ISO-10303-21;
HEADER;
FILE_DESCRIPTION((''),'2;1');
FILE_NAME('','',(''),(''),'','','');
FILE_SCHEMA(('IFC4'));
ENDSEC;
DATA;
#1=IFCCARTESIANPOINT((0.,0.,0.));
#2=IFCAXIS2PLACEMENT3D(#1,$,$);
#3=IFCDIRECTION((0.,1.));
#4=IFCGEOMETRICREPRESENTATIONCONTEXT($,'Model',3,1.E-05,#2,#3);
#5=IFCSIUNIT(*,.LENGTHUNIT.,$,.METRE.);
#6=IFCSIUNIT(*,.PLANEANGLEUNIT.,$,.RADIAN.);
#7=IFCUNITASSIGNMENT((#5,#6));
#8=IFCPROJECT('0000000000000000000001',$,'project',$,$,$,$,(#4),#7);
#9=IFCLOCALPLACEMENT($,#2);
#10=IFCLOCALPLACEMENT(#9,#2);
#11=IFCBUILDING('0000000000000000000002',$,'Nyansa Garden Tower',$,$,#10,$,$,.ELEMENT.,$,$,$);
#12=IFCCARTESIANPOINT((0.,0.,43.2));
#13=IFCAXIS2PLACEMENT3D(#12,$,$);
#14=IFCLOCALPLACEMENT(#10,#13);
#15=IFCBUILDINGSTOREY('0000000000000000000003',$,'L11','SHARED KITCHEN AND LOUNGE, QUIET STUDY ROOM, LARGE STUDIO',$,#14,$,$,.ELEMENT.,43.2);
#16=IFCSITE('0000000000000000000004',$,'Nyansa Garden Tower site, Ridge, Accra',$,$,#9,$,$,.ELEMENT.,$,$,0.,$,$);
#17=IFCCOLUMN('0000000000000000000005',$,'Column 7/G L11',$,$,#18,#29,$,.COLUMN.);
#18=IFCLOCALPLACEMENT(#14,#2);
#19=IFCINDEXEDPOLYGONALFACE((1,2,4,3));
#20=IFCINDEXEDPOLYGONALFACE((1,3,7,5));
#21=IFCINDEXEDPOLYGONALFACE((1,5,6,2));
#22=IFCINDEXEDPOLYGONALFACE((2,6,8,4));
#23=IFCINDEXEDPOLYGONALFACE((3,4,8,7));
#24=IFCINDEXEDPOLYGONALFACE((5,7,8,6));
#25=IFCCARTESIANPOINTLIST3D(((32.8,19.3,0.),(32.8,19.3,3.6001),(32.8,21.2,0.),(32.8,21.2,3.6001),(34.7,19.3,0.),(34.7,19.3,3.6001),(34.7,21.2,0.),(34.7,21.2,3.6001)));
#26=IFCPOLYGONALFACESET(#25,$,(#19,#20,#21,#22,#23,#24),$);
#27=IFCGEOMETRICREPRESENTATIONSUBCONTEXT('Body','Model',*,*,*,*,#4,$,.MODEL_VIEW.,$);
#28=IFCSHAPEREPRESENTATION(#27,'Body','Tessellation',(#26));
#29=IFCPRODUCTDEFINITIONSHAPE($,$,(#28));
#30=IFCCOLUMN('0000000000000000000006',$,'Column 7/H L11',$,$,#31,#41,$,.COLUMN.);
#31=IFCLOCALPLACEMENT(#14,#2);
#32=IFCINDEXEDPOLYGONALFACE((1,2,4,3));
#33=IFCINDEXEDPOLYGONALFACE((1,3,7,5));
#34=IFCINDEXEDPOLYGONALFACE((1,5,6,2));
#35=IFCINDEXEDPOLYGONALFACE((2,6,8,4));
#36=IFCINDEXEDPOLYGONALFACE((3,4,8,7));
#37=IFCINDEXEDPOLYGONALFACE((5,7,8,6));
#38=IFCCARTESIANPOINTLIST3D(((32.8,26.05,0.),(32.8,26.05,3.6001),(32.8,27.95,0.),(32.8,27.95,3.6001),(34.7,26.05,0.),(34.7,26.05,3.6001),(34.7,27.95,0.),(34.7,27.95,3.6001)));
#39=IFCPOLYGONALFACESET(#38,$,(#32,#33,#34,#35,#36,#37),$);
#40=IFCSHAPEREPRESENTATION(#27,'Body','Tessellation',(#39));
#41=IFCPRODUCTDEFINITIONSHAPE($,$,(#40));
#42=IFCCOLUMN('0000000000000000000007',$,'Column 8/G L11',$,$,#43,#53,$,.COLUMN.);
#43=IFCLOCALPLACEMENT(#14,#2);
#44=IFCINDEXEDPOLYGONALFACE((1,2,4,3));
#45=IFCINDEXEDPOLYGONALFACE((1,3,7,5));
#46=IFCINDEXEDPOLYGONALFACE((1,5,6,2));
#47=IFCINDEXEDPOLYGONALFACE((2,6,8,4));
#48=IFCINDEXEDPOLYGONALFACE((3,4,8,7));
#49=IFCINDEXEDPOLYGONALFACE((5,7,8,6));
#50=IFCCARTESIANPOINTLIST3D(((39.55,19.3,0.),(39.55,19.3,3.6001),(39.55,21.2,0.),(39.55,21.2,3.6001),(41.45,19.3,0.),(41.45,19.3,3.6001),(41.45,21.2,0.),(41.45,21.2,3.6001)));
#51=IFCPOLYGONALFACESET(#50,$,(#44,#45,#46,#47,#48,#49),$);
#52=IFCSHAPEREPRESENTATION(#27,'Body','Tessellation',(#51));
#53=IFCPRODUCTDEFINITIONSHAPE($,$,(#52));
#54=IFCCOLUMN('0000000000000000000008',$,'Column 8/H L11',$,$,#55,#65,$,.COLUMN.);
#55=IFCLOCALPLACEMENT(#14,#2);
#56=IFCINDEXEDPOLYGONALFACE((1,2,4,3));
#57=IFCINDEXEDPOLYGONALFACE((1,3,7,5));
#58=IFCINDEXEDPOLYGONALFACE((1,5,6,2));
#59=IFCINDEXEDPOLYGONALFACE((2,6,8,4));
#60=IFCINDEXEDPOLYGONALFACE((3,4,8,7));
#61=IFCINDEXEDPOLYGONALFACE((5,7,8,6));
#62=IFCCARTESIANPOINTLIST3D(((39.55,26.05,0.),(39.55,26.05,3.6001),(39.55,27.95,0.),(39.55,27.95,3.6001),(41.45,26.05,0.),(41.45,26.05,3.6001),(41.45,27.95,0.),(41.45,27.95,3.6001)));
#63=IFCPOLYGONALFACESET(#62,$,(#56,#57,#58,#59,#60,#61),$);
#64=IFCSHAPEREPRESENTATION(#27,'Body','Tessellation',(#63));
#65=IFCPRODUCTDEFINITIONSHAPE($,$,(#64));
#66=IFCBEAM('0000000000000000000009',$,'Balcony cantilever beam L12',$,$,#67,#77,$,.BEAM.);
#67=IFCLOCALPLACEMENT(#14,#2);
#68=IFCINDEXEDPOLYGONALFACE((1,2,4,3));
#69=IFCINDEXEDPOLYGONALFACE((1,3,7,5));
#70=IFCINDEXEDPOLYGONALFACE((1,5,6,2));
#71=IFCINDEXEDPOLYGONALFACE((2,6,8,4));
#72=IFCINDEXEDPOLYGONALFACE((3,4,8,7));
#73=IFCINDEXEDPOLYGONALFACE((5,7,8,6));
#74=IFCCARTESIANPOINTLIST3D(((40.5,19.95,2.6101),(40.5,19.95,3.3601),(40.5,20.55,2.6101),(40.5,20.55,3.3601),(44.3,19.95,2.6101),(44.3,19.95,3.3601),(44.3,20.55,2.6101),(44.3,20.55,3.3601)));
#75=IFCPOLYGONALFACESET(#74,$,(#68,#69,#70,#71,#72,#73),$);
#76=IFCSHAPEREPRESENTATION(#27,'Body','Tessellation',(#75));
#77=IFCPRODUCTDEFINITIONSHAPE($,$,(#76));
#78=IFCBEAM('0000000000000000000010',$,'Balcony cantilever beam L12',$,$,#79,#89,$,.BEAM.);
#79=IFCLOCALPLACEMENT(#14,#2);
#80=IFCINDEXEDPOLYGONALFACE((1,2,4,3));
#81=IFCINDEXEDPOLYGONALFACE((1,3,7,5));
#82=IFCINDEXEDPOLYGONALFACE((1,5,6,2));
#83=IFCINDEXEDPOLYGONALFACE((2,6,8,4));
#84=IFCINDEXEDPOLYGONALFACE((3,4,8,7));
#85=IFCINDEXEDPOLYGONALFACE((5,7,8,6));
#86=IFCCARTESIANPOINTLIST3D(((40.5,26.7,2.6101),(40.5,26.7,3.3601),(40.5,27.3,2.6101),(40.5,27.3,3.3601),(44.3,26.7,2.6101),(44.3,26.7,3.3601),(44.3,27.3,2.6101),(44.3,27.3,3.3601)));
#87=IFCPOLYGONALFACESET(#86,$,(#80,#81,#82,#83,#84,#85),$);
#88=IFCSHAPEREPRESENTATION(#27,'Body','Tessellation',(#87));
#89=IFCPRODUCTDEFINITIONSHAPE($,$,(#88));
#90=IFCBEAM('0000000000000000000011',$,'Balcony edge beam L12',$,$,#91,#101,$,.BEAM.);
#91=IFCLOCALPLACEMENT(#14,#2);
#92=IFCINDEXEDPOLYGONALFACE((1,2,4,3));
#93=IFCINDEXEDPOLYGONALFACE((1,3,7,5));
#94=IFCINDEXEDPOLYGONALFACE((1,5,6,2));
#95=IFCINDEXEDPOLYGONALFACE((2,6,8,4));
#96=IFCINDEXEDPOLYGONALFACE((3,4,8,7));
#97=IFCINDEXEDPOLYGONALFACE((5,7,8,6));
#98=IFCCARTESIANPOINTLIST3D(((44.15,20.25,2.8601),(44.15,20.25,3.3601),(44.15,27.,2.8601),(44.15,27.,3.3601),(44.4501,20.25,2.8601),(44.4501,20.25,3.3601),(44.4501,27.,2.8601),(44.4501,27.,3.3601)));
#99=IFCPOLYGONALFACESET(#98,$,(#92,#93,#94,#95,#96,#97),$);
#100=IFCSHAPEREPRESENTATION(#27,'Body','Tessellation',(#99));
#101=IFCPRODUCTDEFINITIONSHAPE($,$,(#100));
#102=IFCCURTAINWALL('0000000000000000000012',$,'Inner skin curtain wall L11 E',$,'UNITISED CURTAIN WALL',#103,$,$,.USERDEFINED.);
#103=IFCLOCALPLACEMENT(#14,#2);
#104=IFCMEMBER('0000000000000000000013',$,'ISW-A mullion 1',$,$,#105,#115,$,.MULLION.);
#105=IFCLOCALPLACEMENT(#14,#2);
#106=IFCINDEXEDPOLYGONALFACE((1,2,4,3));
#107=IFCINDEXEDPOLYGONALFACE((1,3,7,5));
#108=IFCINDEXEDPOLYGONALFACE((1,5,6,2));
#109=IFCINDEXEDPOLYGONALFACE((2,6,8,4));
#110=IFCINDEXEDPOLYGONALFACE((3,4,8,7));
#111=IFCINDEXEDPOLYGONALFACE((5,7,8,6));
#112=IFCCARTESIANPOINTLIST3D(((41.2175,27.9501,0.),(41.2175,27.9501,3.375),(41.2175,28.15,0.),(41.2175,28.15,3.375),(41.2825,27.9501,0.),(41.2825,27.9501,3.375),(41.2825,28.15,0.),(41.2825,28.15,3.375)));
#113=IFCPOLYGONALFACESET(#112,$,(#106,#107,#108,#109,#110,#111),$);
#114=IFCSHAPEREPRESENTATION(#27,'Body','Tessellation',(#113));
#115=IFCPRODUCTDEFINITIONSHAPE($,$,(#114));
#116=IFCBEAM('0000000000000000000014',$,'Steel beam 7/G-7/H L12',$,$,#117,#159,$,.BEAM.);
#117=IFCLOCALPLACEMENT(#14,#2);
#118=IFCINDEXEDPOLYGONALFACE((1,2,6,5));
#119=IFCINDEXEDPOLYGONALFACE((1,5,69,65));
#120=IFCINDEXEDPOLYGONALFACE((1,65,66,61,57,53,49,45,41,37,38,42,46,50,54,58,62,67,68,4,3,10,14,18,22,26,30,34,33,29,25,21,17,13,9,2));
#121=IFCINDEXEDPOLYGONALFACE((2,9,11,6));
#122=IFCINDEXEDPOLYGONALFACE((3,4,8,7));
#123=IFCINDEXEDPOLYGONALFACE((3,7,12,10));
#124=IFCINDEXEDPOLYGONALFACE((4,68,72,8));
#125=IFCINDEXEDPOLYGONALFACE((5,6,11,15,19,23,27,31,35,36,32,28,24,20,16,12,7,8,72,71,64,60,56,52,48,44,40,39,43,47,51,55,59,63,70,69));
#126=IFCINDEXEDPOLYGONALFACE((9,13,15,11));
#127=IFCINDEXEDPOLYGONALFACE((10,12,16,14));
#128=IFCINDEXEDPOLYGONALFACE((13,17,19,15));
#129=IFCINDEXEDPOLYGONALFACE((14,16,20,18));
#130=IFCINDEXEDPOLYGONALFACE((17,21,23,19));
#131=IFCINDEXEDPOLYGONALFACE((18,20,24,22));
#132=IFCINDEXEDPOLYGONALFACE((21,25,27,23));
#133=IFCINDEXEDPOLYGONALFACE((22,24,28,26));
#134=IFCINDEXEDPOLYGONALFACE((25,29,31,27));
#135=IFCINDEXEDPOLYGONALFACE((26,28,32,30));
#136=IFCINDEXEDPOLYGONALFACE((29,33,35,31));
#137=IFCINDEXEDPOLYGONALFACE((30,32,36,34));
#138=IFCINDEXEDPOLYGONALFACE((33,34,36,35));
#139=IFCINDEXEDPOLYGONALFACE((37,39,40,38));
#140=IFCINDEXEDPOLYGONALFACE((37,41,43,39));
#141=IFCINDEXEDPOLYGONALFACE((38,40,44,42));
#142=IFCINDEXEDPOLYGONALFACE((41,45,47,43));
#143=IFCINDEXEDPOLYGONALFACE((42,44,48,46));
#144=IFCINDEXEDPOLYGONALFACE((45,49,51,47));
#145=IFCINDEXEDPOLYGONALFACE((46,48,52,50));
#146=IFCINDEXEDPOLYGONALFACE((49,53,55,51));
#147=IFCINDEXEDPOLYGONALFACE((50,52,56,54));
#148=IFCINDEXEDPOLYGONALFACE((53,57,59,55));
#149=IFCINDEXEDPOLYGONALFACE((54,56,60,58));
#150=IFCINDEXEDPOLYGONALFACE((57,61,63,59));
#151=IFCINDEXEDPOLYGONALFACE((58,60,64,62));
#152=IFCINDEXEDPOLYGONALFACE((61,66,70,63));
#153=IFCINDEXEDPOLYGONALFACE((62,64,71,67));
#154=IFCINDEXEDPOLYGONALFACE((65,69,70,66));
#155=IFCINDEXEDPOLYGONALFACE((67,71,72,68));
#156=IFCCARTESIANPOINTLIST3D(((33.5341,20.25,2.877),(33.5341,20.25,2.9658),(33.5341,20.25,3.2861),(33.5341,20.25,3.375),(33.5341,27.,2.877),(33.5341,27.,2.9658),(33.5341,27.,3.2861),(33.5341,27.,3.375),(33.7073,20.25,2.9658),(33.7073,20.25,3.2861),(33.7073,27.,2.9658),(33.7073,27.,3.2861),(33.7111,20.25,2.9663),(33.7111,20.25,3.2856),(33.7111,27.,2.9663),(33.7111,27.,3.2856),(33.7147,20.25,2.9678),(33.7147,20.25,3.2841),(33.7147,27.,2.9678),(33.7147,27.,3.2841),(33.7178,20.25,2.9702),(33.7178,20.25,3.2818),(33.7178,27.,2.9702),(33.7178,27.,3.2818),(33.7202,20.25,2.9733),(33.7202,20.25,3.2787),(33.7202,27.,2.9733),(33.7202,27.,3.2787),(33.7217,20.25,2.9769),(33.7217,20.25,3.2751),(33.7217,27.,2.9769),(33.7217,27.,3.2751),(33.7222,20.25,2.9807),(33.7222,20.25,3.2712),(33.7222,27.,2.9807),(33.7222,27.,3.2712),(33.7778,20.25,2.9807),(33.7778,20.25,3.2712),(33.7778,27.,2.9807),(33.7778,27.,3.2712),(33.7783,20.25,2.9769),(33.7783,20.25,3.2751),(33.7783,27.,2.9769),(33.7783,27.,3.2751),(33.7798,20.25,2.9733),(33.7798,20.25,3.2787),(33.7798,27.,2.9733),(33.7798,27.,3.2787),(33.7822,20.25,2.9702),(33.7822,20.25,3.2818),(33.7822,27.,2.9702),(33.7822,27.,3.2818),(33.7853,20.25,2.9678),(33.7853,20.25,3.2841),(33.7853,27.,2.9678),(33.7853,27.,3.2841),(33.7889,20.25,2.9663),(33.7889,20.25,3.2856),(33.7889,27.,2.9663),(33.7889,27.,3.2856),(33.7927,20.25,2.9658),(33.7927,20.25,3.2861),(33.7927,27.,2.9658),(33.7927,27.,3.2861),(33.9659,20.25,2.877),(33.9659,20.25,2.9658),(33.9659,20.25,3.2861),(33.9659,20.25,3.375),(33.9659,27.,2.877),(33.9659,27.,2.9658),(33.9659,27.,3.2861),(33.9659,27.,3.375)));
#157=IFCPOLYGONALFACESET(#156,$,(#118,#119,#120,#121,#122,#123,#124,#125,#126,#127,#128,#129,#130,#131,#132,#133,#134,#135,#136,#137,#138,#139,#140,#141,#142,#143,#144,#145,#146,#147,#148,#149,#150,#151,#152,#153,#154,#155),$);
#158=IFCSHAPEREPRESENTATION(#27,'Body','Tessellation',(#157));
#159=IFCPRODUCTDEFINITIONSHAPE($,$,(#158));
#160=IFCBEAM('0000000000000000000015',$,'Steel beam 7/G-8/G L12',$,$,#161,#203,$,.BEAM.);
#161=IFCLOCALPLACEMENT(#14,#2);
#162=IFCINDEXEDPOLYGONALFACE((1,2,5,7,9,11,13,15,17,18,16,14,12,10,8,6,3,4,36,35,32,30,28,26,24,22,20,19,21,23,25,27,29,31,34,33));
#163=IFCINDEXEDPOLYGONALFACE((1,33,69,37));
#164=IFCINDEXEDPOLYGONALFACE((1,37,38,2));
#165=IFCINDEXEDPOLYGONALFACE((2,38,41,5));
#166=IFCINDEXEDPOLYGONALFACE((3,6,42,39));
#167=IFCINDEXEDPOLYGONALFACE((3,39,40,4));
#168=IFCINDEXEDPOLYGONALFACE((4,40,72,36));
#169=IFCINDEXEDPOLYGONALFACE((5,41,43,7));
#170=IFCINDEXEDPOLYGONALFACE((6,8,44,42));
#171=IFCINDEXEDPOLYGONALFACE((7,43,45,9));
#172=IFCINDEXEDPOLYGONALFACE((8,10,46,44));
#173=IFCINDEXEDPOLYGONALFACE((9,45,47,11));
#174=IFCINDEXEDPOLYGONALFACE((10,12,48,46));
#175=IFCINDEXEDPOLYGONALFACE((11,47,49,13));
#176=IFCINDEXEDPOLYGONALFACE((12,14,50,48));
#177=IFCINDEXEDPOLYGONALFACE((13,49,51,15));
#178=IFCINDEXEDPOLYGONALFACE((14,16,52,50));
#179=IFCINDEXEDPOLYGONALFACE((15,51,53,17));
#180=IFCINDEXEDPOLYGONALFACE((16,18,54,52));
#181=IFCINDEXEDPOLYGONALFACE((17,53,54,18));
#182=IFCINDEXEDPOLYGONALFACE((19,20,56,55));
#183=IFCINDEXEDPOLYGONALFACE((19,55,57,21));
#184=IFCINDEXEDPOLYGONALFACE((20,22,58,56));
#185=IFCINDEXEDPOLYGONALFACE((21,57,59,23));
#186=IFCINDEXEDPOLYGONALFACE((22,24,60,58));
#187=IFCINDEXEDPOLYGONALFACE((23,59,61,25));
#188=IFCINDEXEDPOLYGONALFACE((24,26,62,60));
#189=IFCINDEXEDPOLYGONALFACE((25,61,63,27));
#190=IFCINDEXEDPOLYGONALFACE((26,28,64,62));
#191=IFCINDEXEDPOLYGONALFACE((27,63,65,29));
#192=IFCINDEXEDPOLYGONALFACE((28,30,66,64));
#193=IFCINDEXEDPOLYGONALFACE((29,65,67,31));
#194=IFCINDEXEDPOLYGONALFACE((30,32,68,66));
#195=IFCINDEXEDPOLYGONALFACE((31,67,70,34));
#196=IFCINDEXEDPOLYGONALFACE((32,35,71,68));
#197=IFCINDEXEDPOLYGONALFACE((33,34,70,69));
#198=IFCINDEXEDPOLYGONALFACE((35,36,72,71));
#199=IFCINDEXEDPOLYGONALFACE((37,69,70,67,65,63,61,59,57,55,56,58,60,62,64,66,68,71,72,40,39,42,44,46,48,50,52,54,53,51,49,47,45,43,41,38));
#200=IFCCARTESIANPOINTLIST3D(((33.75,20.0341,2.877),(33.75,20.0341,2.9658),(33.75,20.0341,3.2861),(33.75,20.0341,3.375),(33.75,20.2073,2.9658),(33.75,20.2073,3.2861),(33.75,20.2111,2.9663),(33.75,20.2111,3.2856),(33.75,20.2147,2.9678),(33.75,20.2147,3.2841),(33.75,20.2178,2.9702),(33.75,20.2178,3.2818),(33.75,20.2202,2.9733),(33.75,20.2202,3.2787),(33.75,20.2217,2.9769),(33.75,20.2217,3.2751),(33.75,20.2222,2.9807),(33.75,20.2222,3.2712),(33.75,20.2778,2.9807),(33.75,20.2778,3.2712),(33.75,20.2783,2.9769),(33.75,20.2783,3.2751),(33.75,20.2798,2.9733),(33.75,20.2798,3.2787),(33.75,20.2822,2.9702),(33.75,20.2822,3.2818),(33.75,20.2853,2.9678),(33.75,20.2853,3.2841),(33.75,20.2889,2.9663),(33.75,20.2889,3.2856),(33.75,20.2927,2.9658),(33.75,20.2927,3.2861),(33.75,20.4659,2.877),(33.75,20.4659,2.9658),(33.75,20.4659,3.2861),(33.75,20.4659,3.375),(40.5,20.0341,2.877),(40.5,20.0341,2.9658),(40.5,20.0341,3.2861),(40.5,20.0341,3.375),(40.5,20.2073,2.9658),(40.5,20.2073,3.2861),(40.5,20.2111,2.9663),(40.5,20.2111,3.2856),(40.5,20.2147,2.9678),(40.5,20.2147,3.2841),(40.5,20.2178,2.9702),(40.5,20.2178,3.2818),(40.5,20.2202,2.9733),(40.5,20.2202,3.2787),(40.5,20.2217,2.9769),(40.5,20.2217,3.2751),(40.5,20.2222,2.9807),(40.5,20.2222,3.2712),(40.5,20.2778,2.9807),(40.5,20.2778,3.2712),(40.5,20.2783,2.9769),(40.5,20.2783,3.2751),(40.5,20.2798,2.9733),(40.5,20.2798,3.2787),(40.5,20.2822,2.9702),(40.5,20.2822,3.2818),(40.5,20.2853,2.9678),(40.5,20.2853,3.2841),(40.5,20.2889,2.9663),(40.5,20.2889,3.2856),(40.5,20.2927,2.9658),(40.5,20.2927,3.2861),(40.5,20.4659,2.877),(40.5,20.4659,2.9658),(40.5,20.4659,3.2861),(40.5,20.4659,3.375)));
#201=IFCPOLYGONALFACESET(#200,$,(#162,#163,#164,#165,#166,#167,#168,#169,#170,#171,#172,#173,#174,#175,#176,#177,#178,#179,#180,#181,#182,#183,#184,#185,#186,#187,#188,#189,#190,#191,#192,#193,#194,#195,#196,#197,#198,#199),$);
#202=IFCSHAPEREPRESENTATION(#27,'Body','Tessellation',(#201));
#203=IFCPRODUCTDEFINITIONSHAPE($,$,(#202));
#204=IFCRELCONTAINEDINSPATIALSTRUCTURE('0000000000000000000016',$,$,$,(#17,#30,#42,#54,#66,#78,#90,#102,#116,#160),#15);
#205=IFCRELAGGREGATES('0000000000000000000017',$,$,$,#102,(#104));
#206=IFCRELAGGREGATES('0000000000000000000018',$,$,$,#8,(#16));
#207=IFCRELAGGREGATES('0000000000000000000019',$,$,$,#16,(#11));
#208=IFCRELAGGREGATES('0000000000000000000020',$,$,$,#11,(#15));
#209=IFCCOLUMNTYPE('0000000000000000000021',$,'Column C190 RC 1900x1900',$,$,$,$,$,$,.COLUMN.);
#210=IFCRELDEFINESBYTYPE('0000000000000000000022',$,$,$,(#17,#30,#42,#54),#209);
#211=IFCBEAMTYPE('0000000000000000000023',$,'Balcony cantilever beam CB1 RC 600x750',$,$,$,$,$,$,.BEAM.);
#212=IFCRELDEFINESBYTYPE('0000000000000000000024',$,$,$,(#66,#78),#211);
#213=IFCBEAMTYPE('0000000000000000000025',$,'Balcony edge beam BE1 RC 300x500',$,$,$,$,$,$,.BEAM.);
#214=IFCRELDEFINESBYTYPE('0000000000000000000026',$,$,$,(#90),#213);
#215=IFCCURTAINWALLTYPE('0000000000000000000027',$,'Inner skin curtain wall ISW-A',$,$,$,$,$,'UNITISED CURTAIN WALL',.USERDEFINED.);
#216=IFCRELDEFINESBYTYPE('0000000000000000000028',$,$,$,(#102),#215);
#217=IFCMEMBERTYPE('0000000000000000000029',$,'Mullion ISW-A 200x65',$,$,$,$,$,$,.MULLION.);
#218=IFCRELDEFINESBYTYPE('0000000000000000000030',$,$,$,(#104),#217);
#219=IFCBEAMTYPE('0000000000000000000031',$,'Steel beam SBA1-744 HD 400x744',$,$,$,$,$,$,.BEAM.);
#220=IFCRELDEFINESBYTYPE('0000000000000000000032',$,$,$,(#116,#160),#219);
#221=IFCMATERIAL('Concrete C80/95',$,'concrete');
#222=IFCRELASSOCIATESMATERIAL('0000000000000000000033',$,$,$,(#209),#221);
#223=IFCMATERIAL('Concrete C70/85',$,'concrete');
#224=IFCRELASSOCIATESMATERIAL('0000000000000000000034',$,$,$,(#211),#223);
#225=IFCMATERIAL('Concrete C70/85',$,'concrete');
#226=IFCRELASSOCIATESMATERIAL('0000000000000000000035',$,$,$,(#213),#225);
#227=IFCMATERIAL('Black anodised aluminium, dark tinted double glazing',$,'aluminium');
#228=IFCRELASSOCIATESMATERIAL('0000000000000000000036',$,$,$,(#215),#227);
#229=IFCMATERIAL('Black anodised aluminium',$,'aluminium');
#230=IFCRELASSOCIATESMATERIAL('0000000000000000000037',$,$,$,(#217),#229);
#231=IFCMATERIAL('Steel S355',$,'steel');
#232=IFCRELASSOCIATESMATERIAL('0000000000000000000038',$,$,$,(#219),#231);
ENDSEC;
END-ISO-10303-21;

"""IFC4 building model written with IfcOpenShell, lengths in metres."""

from ifc_helpers import new_model, si_unit, direction, frame, origin, origin_2d, place, context, subcontext, project, spatial, rectangle, i_section, extrude, material, material_profile, profile_set, type_object, element, aggregate, save


model = new_model("IFC4")

# Units and contexts
model_context = context("Model", 3, precision=1e-05, world=origin(), true_north=direction((0.0, 1.0)))
body_context = subcontext(model_context, "Body", "Model", "MODEL_VIEW")
ifc_project = project(units=[si_unit("LENGTHUNIT", "METRE"), si_unit("PLANEANGLEUNIT", "RADIAN")], contexts=[model_context])

# Site, building, storey
site_placement = place(None, origin())
site = spatial("IfcSite", under=ifc_project, at=site_placement, Name="Nyansa Garden Tower site, Ridge, Accra", CompositionType="ELEMENT", RefElevation=0.0)
building_placement = place(site_placement, origin())
building = spatial("IfcBuilding", under=site, at=building_placement, Name="Nyansa Garden Tower", CompositionType="ELEMENT")
storey_placement = place(building_placement, frame((0.0, 0.0, 43.2)))
storey = spatial("IfcBuildingStorey", under=building, at=storey_placement, Name="L11", Description="SHARED KITCHEN AND LOUNGE, QUIET STUDY ROOM, LARGE STUDIO", CompositionType="ELEMENT", Elevation=43.2)

# Columns
ifc_material_1 = material(Name="Concrete C80/95", Category="concrete")
ifc_material_profile_1 = material_profile(ifc_material_1, rectangle(XDim=1.8999, YDim=1.8999, at=origin_2d()), Name="RC 1900x1900")
ifc_profile_set_1 = profile_set([ifc_material_profile_1], Name="Concrete C80/95")
column_type = type_object("IfcColumnType", Name="Column C190 RC 1900x1900", PredefinedType="COLUMN", material=ifc_profile_set_1)
for number, where, z_axis, x_axis, name in (
    (1, (33.75, 20.25, 0.0), (0.0, 0.0, 1.0), (1.0, 0.0, 0.0), "Column 7/G L11"),
    (2, (33.75, 27.0, 0.0), (0.0, 0.0, 1.0), (1.0, 0.0, 0.0), "Column 7/H L11"),
    (3, (40.5, 20.25, 0.0), (0.0, 0.0, 1.0), (1.0, 0.0, 0.0), "Column 8/G L11"),
    (4, (40.5, 27.0, 0.0), (0.0, 0.0, 1.0), (1.0, 0.0, 0.0), "Column 8/H L11"),
):
    element("IfcColumn", number, at=place(storey_placement, frame(where, z_axis=z_axis, x_axis=x_axis)), inside=storey, type_object=column_type, Name=name, PredefinedType="COLUMN", context=body_context, shape_type="SweptSolid", body=[
        extrude(rectangle(XDim=1.8999, YDim=1.8999, at=origin_2d()), origin(), (0.0, 0.0, 1.0), 3.6001),
    ])

# Beams
ifc_material_2 = material(Name="Concrete C70/85", Category="concrete")
ifc_material_profile_2 = material_profile(ifc_material_2, rectangle(XDim=0.6001, YDim=0.75, at=origin_2d()), Name="RC 600x750")
ifc_profile_set_2 = profile_set([ifc_material_profile_2], Name="Concrete C70/85")
beam_type_1 = type_object("IfcBeamType", Name="Balcony cantilever beam CB1 RC 600x750", PredefinedType="BEAM", material=ifc_profile_set_2)
for number, where, z_axis, x_axis, name in (
    (5, (40.5, 20.25, 2.9851), (1.0, 0.0, 0.0), (0.0, 1.0, 0.0), "Balcony cantilever beam L12"),
    (6, (40.5, 27.0, 2.9851), (1.0, 0.0, 0.0), (0.0, 1.0, 0.0), "Balcony cantilever beam L12"),
):
    element("IfcBeam", number, at=place(storey_placement, frame(where, z_axis=z_axis, x_axis=x_axis)), inside=storey, type_object=beam_type_1, Name=name, PredefinedType="BEAM", context=body_context, shape_type="SweptSolid", body=[
        extrude(rectangle(XDim=0.6001, YDim=0.75, at=origin_2d()), origin(), (0.0, 0.0, 1.0), 3.8),
    ])
ifc_material_3 = material(Name="Concrete C70/85", Category="concrete")
ifc_material_profile_3 = material_profile(ifc_material_3, rectangle(XDim=0.3, YDim=0.5, at=origin_2d()), Name="RC 300x500")
ifc_profile_set_3 = profile_set([ifc_material_profile_3], Name="Concrete C70/85")
beam_type_2 = type_object("IfcBeamType", Name="Balcony edge beam BE1 RC 300x500", PredefinedType="BEAM", material=ifc_profile_set_3)
beam_1_placement = place(storey_placement, frame((44.3, 20.25, 3.1101), z_axis=(0.0, 1.0, 0.0), x_axis=(-1.0, 0.0, 0.0)))
element("IfcBeam", 7, at=beam_1_placement, inside=storey, type_object=beam_type_2, Name="Balcony edge beam L12", PredefinedType="BEAM", context=body_context, shape_type="SweptSolid", body=[
    extrude(rectangle(XDim=0.3, YDim=0.5, at=origin_2d()), origin(), (0.0, 0.0, 1.0), 6.75),
])

# Curtain wall, member
ifc_material_4 = material(Name="Black anodised aluminium, dark tinted double glazing", Category="aluminium")
curtain_wall_type = type_object("IfcCurtainWallType", Name="Inner skin curtain wall ISW-A", ElementType="UNITISED CURTAIN WALL", PredefinedType="USERDEFINED", material=ifc_material_4)
curtain_wall_placement = place(storey_placement, origin())
curtain_wall = element("IfcCurtainWall", 8, at=curtain_wall_placement, inside=storey, type_object=curtain_wall_type, Name="Inner skin curtain wall L11 E", ObjectType="UNITISED CURTAIN WALL", PredefinedType="USERDEFINED")
ifc_material_5 = material(Name="Black anodised aluminium", Category="aluminium")
ifc_material_profile_4 = material_profile(ifc_material_5, rectangle(XDim=0.0649, YDim=0.2, at=origin_2d()), Name="Mullion 200x65")
ifc_profile_set_4 = profile_set([ifc_material_profile_4], Name="Black anodised aluminium")
member_type = type_object("IfcMemberType", Name="Mullion ISW-A 200x65", PredefinedType="MULLION", material=ifc_profile_set_4)
member_placement = place(storey_placement, frame((41.25, 28.05, 0.0), z_axis=(0.0, 0.0, 1.0), x_axis=(-1.0, 0.0, 0.0)))
member = element("IfcMember", 9, at=member_placement, type_object=member_type, Name="ISW-A mullion 1", PredefinedType="MULLION", context=body_context, shape_type="SweptSolid", body=[
    extrude(rectangle(XDim=0.0649, YDim=0.2, at=origin_2d()), origin(), (0.0, 0.0, 1.0), 3.375),
])
aggregate(curtain_wall, [member])

# Beams
ifc_material_6 = material(Name="Steel S355", Category="steel")
ifc_material_profile_5 = material_profile(ifc_material_6, i_section(OverallWidth=0.4319, OverallDepth=0.498, WebThickness=0.0557, FlangeThickness=0.0889, FilletRadius=0.0149, at=origin_2d()), Name="HD 400x744")
ifc_profile_set_5 = profile_set([ifc_material_profile_5], Name="Steel S355")
beam_type_3 = type_object("IfcBeamType", Name="Steel beam SBA1-744 HD 400x744", PredefinedType="BEAM", material=ifc_profile_set_5)
for number, where, z_axis, x_axis, name in (
    (10, (33.75, 20.25, 3.126), (0.0, 1.0, 0.0), (-1.0, 0.0, 0.0), "Steel beam 7/G-7/H L12"),
    (11, (33.75, 20.25, 3.126), (1.0, 0.0, 0.0), (0.0, 1.0, 0.0), "Steel beam 7/G-8/G L12"),
):
    element("IfcBeam", number, at=place(storey_placement, frame(where, z_axis=z_axis, x_axis=x_axis)), inside=storey, type_object=beam_type_3, Name=name, PredefinedType="BEAM", context=body_context, shape_type="SweptSolid", body=[
        extrude(i_section(OverallWidth=0.4319, OverallDepth=0.498, WebThickness=0.0557, FlangeThickness=0.0889, FilletRadius=0.0149, at=origin_2d()), origin(), (0.0, 0.0, 1.0), 6.75),
    ])

save(model, "model.ifc")
